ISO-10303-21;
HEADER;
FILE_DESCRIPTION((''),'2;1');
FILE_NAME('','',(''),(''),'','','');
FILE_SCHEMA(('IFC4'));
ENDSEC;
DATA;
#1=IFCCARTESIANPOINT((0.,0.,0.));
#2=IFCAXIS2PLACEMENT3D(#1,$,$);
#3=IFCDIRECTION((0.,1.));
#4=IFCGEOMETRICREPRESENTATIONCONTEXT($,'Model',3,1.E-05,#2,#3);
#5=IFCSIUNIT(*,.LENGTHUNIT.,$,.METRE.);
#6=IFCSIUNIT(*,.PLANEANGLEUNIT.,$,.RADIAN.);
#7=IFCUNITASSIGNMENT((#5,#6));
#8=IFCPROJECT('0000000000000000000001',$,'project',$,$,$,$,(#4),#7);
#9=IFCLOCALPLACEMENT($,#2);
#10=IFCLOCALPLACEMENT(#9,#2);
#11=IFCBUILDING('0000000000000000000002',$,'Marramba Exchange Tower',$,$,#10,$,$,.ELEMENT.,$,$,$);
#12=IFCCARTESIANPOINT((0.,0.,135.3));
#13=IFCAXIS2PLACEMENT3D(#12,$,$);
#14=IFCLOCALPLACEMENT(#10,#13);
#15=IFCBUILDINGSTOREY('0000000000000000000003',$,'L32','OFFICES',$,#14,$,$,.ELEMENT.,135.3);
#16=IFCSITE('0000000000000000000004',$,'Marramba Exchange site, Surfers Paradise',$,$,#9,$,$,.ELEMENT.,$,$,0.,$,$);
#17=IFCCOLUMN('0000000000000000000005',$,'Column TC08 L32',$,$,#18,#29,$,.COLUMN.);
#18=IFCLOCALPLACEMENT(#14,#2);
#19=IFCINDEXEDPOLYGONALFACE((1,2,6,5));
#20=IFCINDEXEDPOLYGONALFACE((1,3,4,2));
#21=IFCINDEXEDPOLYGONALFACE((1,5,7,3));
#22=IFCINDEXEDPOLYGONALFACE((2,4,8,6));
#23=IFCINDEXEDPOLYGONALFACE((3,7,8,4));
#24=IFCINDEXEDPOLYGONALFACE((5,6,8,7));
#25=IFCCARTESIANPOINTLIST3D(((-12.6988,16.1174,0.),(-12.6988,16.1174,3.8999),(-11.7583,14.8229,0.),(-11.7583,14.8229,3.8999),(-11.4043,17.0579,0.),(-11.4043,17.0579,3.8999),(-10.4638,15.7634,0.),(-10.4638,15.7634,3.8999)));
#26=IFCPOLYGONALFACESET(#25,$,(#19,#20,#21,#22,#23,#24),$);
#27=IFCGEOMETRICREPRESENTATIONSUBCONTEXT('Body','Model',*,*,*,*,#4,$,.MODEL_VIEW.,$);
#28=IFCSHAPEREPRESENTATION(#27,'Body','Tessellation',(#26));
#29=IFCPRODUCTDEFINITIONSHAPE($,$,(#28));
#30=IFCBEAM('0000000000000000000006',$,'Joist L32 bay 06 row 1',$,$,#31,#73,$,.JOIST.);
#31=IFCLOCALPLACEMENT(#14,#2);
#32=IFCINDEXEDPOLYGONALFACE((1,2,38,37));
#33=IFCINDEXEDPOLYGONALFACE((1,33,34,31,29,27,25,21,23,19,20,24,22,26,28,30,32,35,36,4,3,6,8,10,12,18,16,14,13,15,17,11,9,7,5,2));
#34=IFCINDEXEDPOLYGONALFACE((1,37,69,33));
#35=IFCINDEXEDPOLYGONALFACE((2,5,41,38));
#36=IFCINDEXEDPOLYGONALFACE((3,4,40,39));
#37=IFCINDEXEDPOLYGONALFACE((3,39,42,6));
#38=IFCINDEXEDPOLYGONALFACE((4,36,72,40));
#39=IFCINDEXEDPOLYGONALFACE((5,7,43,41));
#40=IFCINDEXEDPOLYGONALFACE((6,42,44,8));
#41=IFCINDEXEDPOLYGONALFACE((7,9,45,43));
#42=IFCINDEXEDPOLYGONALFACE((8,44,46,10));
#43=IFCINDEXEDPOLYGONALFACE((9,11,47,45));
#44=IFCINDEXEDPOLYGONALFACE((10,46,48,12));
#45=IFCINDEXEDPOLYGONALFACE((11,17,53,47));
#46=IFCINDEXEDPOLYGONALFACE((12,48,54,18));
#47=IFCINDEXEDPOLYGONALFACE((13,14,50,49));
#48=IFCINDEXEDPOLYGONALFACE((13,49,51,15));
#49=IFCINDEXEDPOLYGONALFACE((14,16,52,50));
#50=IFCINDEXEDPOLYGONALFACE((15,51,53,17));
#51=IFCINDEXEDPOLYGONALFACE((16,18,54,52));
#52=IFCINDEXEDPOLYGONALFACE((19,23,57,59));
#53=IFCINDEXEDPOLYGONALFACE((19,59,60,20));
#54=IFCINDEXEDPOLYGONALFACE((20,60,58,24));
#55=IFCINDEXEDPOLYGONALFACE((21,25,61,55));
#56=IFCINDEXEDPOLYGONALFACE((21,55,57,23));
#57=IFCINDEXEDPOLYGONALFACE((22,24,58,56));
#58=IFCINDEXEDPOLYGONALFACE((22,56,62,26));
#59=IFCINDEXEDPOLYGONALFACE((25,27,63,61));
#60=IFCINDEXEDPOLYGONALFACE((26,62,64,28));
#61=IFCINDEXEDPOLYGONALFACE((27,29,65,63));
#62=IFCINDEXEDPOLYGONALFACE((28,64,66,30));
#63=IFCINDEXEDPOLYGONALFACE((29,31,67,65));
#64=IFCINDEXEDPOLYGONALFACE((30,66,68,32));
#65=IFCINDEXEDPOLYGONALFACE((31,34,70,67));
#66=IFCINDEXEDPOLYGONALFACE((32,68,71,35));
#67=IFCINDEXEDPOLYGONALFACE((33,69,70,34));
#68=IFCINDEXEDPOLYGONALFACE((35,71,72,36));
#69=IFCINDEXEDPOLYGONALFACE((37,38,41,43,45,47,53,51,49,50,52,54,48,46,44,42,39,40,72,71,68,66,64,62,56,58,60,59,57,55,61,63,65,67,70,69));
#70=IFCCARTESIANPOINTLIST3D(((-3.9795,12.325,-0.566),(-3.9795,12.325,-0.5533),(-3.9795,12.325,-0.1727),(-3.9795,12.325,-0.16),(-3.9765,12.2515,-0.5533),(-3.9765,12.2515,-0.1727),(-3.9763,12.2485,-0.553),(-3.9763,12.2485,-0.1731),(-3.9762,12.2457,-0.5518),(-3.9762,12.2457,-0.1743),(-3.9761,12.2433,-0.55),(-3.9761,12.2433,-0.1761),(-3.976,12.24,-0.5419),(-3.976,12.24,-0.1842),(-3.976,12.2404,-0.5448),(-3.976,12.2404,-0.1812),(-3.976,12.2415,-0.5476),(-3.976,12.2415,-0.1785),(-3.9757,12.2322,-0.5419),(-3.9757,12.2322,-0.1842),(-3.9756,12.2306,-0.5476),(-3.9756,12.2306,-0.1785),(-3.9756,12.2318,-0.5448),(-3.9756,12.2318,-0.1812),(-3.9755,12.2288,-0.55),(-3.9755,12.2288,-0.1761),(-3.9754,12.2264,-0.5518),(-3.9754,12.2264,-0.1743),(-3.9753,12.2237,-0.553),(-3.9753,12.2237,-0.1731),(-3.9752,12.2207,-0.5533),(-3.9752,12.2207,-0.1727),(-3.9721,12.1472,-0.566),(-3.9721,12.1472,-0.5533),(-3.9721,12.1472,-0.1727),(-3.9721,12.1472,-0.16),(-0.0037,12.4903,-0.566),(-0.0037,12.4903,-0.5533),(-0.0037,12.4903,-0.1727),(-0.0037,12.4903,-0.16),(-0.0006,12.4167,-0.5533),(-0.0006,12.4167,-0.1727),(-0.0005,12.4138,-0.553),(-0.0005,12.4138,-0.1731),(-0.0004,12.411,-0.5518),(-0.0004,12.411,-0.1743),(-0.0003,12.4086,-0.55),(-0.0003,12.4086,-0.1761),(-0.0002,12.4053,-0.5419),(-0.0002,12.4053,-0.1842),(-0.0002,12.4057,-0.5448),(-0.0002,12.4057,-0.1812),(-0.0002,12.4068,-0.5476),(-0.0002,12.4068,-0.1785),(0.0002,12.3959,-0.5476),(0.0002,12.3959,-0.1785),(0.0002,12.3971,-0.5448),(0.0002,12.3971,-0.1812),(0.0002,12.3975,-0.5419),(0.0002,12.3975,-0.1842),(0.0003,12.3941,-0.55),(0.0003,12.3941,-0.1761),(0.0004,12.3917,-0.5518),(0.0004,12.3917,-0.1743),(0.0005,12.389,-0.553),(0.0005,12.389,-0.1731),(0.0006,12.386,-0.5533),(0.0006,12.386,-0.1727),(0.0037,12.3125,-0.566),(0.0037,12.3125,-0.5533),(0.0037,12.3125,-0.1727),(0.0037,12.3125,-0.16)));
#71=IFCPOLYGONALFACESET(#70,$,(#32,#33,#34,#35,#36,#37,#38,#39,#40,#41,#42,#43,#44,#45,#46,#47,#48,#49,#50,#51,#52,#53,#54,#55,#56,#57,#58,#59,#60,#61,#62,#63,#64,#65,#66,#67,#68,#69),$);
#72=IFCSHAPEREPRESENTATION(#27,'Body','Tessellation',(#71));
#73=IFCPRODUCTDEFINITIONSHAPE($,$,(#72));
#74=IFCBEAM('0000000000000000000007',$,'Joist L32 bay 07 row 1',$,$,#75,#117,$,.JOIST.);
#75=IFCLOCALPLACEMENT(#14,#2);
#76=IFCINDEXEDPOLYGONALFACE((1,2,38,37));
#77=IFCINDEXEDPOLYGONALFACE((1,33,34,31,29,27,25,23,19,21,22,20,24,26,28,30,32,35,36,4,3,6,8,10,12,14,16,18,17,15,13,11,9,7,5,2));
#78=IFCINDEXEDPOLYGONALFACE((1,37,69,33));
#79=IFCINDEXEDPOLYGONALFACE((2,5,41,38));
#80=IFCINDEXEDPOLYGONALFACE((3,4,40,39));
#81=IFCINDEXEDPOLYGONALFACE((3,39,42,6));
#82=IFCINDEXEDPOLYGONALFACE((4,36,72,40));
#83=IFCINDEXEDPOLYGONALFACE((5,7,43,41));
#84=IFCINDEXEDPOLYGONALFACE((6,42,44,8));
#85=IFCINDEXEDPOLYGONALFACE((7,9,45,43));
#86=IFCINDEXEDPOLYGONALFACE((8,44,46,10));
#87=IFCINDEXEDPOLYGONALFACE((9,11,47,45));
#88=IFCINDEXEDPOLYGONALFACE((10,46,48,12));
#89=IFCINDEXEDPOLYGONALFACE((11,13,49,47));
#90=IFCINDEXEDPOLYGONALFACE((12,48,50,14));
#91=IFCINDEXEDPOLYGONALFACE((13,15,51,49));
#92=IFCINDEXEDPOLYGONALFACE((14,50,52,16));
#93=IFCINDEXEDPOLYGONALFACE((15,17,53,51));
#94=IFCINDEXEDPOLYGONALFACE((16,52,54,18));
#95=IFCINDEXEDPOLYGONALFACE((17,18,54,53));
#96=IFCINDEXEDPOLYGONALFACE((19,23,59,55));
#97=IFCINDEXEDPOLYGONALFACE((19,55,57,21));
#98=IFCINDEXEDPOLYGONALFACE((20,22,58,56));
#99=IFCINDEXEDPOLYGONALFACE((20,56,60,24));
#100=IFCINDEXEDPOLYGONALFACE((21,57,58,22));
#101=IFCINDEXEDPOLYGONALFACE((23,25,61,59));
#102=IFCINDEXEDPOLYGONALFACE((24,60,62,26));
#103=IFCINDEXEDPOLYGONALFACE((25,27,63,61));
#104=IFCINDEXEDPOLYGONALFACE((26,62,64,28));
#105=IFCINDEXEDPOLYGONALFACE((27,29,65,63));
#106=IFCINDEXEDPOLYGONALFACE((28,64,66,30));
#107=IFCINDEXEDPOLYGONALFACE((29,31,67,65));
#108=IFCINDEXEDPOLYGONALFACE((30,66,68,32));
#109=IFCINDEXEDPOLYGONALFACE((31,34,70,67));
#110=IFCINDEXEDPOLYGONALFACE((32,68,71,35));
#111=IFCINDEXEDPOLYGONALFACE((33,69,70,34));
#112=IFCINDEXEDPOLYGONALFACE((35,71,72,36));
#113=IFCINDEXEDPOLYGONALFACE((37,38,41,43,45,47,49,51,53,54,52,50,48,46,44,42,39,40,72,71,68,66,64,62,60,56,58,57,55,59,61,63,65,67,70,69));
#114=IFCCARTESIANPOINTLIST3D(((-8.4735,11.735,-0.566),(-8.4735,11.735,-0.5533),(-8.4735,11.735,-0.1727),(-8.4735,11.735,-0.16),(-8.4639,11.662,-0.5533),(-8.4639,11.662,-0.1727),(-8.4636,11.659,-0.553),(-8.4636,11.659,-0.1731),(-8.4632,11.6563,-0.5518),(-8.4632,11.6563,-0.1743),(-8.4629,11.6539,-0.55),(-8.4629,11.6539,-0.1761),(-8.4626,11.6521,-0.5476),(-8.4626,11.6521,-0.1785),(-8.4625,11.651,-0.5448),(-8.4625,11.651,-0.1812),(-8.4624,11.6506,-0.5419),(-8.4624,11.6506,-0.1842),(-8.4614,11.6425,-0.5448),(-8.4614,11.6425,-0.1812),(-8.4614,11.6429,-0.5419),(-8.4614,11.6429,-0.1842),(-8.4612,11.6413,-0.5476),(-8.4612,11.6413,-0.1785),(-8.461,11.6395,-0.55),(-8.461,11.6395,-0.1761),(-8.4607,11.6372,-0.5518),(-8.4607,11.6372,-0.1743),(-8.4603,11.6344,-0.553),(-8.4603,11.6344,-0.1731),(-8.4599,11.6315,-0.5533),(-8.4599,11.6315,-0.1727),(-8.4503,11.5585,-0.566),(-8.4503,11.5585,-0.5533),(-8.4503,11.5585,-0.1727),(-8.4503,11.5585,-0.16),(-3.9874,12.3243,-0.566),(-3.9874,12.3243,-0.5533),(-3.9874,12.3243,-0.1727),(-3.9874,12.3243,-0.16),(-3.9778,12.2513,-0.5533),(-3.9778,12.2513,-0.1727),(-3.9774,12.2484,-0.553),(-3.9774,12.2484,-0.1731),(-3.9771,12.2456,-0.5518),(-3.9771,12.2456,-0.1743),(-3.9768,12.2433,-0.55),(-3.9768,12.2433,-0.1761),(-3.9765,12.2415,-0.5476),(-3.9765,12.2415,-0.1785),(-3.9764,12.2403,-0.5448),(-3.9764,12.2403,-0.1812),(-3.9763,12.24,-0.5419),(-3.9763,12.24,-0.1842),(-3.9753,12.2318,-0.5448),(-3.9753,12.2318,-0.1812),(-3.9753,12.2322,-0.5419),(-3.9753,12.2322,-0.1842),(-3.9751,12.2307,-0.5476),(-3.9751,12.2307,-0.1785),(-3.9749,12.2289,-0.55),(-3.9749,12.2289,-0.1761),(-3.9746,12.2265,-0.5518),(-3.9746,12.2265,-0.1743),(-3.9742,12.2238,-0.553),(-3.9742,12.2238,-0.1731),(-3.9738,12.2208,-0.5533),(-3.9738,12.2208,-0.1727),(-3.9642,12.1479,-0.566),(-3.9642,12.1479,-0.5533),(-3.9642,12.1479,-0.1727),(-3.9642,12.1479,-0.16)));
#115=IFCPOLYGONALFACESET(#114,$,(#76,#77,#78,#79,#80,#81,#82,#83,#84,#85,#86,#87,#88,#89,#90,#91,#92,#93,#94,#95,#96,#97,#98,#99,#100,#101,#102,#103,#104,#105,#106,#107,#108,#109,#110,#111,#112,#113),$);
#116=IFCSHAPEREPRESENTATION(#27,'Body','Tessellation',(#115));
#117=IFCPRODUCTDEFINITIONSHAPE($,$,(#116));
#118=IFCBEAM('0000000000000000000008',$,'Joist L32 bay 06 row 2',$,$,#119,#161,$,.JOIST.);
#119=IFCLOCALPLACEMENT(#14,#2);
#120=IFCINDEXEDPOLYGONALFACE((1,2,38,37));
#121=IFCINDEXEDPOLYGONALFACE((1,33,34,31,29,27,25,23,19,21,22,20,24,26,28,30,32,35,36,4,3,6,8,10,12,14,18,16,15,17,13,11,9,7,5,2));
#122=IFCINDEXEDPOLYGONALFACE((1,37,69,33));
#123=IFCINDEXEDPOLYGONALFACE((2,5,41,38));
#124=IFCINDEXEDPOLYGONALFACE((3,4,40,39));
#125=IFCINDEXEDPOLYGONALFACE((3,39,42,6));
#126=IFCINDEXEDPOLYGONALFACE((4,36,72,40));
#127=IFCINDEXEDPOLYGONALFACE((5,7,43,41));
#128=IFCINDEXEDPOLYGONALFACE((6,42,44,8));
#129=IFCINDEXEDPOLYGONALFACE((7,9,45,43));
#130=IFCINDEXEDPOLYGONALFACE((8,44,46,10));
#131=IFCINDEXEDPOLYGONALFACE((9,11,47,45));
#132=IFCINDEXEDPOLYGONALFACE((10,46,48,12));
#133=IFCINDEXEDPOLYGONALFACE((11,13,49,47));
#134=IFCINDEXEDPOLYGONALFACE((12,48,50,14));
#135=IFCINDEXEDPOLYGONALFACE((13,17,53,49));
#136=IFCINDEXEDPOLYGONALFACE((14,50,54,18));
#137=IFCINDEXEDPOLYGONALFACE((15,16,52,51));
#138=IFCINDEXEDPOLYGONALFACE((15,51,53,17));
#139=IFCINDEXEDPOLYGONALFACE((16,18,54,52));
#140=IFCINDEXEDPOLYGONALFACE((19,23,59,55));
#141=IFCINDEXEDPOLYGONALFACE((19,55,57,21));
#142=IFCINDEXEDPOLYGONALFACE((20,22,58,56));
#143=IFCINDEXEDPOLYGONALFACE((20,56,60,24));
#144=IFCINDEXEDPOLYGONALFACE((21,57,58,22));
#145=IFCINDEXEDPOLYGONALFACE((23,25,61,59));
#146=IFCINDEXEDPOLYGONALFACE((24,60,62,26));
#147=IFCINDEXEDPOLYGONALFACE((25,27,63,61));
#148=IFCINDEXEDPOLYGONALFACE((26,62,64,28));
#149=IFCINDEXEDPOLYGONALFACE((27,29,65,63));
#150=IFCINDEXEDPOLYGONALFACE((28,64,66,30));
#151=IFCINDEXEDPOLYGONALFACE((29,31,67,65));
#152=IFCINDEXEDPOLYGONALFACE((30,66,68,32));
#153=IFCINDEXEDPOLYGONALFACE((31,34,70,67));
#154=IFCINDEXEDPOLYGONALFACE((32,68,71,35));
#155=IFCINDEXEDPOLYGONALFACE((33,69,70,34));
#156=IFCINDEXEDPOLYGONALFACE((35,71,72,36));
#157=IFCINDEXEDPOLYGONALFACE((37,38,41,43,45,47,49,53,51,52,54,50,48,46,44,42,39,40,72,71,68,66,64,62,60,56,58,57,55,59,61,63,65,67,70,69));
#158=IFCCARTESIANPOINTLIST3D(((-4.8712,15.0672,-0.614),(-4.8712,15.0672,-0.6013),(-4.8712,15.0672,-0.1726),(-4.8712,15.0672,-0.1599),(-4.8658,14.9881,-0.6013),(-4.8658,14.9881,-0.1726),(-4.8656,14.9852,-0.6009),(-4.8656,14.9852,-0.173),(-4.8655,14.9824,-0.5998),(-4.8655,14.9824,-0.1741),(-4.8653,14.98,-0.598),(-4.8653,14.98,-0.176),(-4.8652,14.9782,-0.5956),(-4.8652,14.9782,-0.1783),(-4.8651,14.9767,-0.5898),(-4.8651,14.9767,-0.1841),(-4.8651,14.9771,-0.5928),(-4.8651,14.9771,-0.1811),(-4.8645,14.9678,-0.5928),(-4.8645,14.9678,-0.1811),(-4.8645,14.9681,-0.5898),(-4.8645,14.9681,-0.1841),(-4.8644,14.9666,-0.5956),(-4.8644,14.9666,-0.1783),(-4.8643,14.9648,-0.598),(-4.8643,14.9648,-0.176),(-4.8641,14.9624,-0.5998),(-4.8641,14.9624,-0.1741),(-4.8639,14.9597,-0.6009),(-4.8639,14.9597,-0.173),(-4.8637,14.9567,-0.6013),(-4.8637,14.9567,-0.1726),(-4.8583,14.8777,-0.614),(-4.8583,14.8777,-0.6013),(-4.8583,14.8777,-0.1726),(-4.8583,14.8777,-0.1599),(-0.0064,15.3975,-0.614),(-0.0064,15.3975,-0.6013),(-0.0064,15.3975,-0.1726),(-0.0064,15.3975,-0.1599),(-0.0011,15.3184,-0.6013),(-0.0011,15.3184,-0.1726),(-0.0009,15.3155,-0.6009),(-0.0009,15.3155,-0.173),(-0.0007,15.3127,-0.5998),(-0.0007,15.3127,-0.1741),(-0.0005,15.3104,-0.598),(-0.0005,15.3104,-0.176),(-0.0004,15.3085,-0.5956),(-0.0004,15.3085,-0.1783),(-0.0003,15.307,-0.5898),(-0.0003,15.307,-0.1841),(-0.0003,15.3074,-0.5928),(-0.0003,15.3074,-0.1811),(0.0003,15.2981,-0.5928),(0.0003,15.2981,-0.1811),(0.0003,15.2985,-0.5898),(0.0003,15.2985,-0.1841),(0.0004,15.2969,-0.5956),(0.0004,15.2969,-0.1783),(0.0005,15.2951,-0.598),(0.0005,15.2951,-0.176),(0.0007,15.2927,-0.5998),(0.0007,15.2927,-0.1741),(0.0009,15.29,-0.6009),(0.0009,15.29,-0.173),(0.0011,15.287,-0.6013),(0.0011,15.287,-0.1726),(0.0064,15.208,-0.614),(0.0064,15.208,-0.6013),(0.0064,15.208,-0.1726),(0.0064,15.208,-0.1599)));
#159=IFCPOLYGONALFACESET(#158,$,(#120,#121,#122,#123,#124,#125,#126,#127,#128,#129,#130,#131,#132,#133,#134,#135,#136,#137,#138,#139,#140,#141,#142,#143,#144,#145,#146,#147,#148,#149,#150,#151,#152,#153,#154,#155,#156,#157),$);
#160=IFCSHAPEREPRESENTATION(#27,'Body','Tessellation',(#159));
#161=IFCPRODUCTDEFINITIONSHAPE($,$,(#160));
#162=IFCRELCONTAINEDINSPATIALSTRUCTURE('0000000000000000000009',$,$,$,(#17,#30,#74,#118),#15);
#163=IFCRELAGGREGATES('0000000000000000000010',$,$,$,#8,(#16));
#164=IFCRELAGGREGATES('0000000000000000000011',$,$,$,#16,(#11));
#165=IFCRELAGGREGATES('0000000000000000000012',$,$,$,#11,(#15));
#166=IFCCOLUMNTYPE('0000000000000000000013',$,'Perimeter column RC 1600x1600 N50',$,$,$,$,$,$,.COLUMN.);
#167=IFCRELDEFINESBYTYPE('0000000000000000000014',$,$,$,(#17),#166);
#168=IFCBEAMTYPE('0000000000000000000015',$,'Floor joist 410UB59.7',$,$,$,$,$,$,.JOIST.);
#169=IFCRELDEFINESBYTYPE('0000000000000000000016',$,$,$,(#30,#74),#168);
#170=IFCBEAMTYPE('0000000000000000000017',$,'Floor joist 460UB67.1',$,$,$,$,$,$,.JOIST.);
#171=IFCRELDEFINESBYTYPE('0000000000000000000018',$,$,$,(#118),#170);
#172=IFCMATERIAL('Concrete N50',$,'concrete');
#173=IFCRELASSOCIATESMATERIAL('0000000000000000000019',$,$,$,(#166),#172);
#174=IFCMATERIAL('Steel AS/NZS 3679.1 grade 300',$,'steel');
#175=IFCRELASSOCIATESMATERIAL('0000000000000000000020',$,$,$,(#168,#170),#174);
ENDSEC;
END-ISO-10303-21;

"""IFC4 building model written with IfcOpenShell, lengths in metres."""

from ifc_helpers import new_model, si_unit, direction, frame, origin, origin_2d, place, context, subcontext, project, spatial, rectangle, i_section, extrude, material, material_profile, profile_set, type_object, element, save


model = new_model("IFC4")

# Units and contexts
model_context = context("Model", 3, precision=1e-05, world=origin(), true_north=direction((0.0, 1.0)))
body_context = subcontext(model_context, "Body", "Model", "MODEL_VIEW")
ifc_project = project(units=[si_unit("LENGTHUNIT", "METRE"), si_unit("PLANEANGLEUNIT", "RADIAN")], contexts=[model_context])

# Site, building, storey
site_placement = place(None, origin())
site = spatial("IfcSite", under=ifc_project, at=site_placement, Name="Marramba Exchange site, Surfers Paradise", CompositionType="ELEMENT", RefElevation=0.0)
building_placement = place(site_placement, origin())
building = spatial("IfcBuilding", under=site, at=building_placement, Name="Marramba Exchange Tower", CompositionType="ELEMENT")
storey_placement = place(building_placement, frame((0.0, 0.0, 135.3)))
storey = spatial("IfcBuildingStorey", under=building, at=storey_placement, Name="L32", Description="OFFICES", CompositionType="ELEMENT", Elevation=135.3)

# Column
ifc_material_1 = material(Name="Concrete N50", Category="concrete")
ifc_material_profile_1 = material_profile(ifc_material_1, rectangle(XDim=1.6001, YDim=1.6001, at=origin_2d()), Name="RC 1600x1600")
ifc_profile_set_1 = profile_set([ifc_material_profile_1], Name="Concrete N50")
column_type = type_object("IfcColumnType", Name="Perimeter column RC 1600x1600 N50", PredefinedType="COLUMN", material=ifc_profile_set_1)
column_placement = place(storey_placement, frame((-11.5813, 15.9404, 0.0), z_axis=(0.0, 0.0, 1.0), x_axis=(-0.587785, 0.809017, 0.0)))
element("IfcColumn", 1, at=column_placement, inside=storey, type_object=column_type, Name="Column TC08 L32", PredefinedType="COLUMN", context=body_context, shape_type="SweptSolid", body=[
    extrude(rectangle(XDim=1.6001, YDim=1.6001, at=origin_2d()), origin(), (0.0, 0.0, 1.0), 3.8999),
])

# Beams
ifc_material_2 = material(Name="Steel AS/NZS 3679.1 grade 300", Category="steel")
ifc_material_profile_2 = material_profile(ifc_material_2, i_section(OverallWidth=0.178, OverallDepth=0.406, WebThickness=0.0078, FlangeThickness=0.0127, FilletRadius=0.0115, at=origin_2d()), Name="410UB59.7")
ifc_profile_set_2 = profile_set([ifc_material_profile_2], Name="Steel AS/NZS 3679.1 grade 300")
beam_type_1 = type_object("IfcBeamType", Name="Floor joist 410UB59.7", PredefinedType="JOIST", material=ifc_profile_set_2)
beam_1_placement = place(storey_placement, frame((0.0, 12.4014, -0.363), z_axis=(-0.999137, -0.041536, 0.0), x_axis=(0.041536, -0.999137, 0.0)))
element("IfcBeam", 2, at=beam_1_placement, inside=storey, type_object=beam_type_1, Name="Joist L32 bay 06 row 1", PredefinedType="JOIST", context=body_context, shape_type="SweptSolid", body=[
    extrude(i_section(OverallWidth=0.178, OverallDepth=0.406, WebThickness=0.0078, FlangeThickness=0.0127, FilletRadius=0.0115, at=origin_2d()), origin(), (0.0, 0.0, 1.0), 3.9792),
])
beam_2_placement = place(storey_placement, frame((-3.9758, 12.2361, -0.363), z_axis=(-0.991481, -0.130255, 0.0), x_axis=(0.130255, -0.991481, 0.0)))
element("IfcBeam", 3, at=beam_2_placement, inside=storey, type_object=beam_type_1, Name="Joist L32 bay 07 row 1", PredefinedType="JOIST", context=body_context, shape_type="SweptSolid", body=[
    extrude(i_section(OverallWidth=0.178, OverallDepth=0.406, WebThickness=0.0078, FlangeThickness=0.0127, FilletRadius=0.0115, at=origin_2d()), origin(), (0.0, 0.0, 1.0), 4.5247),
])
ifc_material_profile_3 = material_profile(ifc_material_2, i_section(OverallWidth=0.1899, OverallDepth=0.4541, WebThickness=0.0085, FlangeThickness=0.0127, FilletRadius=0.0115, at=origin_2d()), Name="460UB67.1")
ifc_profile_set_3 = profile_set([ifc_material_profile_3], Name="Steel AS/NZS 3679.1 grade 300")
beam_type_2 = type_object("IfcBeamType", Name="Floor joist 460UB67.1", PredefinedType="JOIST", material=ifc_profile_set_3)
beam_3_placement = place(storey_placement, frame((0.0, 15.3027, -0.387), z_axis=(-0.997703, -0.067745, 0.0), x_axis=(0.067745, -0.997703, 0.0)))
element("IfcBeam", 4, at=beam_3_placement, inside=storey, type_object=beam_type_2, Name="Joist L32 bay 06 row 2", PredefinedType="JOIST", context=body_context, shape_type="SweptSolid", body=[
    extrude(i_section(OverallWidth=0.1899, OverallDepth=0.4541, WebThickness=0.0085, FlangeThickness=0.0127, FilletRadius=0.0115, at=origin_2d()), origin(), (0.0, 0.0, 1.0), 4.876),
])

save(model, "model.ifc")
